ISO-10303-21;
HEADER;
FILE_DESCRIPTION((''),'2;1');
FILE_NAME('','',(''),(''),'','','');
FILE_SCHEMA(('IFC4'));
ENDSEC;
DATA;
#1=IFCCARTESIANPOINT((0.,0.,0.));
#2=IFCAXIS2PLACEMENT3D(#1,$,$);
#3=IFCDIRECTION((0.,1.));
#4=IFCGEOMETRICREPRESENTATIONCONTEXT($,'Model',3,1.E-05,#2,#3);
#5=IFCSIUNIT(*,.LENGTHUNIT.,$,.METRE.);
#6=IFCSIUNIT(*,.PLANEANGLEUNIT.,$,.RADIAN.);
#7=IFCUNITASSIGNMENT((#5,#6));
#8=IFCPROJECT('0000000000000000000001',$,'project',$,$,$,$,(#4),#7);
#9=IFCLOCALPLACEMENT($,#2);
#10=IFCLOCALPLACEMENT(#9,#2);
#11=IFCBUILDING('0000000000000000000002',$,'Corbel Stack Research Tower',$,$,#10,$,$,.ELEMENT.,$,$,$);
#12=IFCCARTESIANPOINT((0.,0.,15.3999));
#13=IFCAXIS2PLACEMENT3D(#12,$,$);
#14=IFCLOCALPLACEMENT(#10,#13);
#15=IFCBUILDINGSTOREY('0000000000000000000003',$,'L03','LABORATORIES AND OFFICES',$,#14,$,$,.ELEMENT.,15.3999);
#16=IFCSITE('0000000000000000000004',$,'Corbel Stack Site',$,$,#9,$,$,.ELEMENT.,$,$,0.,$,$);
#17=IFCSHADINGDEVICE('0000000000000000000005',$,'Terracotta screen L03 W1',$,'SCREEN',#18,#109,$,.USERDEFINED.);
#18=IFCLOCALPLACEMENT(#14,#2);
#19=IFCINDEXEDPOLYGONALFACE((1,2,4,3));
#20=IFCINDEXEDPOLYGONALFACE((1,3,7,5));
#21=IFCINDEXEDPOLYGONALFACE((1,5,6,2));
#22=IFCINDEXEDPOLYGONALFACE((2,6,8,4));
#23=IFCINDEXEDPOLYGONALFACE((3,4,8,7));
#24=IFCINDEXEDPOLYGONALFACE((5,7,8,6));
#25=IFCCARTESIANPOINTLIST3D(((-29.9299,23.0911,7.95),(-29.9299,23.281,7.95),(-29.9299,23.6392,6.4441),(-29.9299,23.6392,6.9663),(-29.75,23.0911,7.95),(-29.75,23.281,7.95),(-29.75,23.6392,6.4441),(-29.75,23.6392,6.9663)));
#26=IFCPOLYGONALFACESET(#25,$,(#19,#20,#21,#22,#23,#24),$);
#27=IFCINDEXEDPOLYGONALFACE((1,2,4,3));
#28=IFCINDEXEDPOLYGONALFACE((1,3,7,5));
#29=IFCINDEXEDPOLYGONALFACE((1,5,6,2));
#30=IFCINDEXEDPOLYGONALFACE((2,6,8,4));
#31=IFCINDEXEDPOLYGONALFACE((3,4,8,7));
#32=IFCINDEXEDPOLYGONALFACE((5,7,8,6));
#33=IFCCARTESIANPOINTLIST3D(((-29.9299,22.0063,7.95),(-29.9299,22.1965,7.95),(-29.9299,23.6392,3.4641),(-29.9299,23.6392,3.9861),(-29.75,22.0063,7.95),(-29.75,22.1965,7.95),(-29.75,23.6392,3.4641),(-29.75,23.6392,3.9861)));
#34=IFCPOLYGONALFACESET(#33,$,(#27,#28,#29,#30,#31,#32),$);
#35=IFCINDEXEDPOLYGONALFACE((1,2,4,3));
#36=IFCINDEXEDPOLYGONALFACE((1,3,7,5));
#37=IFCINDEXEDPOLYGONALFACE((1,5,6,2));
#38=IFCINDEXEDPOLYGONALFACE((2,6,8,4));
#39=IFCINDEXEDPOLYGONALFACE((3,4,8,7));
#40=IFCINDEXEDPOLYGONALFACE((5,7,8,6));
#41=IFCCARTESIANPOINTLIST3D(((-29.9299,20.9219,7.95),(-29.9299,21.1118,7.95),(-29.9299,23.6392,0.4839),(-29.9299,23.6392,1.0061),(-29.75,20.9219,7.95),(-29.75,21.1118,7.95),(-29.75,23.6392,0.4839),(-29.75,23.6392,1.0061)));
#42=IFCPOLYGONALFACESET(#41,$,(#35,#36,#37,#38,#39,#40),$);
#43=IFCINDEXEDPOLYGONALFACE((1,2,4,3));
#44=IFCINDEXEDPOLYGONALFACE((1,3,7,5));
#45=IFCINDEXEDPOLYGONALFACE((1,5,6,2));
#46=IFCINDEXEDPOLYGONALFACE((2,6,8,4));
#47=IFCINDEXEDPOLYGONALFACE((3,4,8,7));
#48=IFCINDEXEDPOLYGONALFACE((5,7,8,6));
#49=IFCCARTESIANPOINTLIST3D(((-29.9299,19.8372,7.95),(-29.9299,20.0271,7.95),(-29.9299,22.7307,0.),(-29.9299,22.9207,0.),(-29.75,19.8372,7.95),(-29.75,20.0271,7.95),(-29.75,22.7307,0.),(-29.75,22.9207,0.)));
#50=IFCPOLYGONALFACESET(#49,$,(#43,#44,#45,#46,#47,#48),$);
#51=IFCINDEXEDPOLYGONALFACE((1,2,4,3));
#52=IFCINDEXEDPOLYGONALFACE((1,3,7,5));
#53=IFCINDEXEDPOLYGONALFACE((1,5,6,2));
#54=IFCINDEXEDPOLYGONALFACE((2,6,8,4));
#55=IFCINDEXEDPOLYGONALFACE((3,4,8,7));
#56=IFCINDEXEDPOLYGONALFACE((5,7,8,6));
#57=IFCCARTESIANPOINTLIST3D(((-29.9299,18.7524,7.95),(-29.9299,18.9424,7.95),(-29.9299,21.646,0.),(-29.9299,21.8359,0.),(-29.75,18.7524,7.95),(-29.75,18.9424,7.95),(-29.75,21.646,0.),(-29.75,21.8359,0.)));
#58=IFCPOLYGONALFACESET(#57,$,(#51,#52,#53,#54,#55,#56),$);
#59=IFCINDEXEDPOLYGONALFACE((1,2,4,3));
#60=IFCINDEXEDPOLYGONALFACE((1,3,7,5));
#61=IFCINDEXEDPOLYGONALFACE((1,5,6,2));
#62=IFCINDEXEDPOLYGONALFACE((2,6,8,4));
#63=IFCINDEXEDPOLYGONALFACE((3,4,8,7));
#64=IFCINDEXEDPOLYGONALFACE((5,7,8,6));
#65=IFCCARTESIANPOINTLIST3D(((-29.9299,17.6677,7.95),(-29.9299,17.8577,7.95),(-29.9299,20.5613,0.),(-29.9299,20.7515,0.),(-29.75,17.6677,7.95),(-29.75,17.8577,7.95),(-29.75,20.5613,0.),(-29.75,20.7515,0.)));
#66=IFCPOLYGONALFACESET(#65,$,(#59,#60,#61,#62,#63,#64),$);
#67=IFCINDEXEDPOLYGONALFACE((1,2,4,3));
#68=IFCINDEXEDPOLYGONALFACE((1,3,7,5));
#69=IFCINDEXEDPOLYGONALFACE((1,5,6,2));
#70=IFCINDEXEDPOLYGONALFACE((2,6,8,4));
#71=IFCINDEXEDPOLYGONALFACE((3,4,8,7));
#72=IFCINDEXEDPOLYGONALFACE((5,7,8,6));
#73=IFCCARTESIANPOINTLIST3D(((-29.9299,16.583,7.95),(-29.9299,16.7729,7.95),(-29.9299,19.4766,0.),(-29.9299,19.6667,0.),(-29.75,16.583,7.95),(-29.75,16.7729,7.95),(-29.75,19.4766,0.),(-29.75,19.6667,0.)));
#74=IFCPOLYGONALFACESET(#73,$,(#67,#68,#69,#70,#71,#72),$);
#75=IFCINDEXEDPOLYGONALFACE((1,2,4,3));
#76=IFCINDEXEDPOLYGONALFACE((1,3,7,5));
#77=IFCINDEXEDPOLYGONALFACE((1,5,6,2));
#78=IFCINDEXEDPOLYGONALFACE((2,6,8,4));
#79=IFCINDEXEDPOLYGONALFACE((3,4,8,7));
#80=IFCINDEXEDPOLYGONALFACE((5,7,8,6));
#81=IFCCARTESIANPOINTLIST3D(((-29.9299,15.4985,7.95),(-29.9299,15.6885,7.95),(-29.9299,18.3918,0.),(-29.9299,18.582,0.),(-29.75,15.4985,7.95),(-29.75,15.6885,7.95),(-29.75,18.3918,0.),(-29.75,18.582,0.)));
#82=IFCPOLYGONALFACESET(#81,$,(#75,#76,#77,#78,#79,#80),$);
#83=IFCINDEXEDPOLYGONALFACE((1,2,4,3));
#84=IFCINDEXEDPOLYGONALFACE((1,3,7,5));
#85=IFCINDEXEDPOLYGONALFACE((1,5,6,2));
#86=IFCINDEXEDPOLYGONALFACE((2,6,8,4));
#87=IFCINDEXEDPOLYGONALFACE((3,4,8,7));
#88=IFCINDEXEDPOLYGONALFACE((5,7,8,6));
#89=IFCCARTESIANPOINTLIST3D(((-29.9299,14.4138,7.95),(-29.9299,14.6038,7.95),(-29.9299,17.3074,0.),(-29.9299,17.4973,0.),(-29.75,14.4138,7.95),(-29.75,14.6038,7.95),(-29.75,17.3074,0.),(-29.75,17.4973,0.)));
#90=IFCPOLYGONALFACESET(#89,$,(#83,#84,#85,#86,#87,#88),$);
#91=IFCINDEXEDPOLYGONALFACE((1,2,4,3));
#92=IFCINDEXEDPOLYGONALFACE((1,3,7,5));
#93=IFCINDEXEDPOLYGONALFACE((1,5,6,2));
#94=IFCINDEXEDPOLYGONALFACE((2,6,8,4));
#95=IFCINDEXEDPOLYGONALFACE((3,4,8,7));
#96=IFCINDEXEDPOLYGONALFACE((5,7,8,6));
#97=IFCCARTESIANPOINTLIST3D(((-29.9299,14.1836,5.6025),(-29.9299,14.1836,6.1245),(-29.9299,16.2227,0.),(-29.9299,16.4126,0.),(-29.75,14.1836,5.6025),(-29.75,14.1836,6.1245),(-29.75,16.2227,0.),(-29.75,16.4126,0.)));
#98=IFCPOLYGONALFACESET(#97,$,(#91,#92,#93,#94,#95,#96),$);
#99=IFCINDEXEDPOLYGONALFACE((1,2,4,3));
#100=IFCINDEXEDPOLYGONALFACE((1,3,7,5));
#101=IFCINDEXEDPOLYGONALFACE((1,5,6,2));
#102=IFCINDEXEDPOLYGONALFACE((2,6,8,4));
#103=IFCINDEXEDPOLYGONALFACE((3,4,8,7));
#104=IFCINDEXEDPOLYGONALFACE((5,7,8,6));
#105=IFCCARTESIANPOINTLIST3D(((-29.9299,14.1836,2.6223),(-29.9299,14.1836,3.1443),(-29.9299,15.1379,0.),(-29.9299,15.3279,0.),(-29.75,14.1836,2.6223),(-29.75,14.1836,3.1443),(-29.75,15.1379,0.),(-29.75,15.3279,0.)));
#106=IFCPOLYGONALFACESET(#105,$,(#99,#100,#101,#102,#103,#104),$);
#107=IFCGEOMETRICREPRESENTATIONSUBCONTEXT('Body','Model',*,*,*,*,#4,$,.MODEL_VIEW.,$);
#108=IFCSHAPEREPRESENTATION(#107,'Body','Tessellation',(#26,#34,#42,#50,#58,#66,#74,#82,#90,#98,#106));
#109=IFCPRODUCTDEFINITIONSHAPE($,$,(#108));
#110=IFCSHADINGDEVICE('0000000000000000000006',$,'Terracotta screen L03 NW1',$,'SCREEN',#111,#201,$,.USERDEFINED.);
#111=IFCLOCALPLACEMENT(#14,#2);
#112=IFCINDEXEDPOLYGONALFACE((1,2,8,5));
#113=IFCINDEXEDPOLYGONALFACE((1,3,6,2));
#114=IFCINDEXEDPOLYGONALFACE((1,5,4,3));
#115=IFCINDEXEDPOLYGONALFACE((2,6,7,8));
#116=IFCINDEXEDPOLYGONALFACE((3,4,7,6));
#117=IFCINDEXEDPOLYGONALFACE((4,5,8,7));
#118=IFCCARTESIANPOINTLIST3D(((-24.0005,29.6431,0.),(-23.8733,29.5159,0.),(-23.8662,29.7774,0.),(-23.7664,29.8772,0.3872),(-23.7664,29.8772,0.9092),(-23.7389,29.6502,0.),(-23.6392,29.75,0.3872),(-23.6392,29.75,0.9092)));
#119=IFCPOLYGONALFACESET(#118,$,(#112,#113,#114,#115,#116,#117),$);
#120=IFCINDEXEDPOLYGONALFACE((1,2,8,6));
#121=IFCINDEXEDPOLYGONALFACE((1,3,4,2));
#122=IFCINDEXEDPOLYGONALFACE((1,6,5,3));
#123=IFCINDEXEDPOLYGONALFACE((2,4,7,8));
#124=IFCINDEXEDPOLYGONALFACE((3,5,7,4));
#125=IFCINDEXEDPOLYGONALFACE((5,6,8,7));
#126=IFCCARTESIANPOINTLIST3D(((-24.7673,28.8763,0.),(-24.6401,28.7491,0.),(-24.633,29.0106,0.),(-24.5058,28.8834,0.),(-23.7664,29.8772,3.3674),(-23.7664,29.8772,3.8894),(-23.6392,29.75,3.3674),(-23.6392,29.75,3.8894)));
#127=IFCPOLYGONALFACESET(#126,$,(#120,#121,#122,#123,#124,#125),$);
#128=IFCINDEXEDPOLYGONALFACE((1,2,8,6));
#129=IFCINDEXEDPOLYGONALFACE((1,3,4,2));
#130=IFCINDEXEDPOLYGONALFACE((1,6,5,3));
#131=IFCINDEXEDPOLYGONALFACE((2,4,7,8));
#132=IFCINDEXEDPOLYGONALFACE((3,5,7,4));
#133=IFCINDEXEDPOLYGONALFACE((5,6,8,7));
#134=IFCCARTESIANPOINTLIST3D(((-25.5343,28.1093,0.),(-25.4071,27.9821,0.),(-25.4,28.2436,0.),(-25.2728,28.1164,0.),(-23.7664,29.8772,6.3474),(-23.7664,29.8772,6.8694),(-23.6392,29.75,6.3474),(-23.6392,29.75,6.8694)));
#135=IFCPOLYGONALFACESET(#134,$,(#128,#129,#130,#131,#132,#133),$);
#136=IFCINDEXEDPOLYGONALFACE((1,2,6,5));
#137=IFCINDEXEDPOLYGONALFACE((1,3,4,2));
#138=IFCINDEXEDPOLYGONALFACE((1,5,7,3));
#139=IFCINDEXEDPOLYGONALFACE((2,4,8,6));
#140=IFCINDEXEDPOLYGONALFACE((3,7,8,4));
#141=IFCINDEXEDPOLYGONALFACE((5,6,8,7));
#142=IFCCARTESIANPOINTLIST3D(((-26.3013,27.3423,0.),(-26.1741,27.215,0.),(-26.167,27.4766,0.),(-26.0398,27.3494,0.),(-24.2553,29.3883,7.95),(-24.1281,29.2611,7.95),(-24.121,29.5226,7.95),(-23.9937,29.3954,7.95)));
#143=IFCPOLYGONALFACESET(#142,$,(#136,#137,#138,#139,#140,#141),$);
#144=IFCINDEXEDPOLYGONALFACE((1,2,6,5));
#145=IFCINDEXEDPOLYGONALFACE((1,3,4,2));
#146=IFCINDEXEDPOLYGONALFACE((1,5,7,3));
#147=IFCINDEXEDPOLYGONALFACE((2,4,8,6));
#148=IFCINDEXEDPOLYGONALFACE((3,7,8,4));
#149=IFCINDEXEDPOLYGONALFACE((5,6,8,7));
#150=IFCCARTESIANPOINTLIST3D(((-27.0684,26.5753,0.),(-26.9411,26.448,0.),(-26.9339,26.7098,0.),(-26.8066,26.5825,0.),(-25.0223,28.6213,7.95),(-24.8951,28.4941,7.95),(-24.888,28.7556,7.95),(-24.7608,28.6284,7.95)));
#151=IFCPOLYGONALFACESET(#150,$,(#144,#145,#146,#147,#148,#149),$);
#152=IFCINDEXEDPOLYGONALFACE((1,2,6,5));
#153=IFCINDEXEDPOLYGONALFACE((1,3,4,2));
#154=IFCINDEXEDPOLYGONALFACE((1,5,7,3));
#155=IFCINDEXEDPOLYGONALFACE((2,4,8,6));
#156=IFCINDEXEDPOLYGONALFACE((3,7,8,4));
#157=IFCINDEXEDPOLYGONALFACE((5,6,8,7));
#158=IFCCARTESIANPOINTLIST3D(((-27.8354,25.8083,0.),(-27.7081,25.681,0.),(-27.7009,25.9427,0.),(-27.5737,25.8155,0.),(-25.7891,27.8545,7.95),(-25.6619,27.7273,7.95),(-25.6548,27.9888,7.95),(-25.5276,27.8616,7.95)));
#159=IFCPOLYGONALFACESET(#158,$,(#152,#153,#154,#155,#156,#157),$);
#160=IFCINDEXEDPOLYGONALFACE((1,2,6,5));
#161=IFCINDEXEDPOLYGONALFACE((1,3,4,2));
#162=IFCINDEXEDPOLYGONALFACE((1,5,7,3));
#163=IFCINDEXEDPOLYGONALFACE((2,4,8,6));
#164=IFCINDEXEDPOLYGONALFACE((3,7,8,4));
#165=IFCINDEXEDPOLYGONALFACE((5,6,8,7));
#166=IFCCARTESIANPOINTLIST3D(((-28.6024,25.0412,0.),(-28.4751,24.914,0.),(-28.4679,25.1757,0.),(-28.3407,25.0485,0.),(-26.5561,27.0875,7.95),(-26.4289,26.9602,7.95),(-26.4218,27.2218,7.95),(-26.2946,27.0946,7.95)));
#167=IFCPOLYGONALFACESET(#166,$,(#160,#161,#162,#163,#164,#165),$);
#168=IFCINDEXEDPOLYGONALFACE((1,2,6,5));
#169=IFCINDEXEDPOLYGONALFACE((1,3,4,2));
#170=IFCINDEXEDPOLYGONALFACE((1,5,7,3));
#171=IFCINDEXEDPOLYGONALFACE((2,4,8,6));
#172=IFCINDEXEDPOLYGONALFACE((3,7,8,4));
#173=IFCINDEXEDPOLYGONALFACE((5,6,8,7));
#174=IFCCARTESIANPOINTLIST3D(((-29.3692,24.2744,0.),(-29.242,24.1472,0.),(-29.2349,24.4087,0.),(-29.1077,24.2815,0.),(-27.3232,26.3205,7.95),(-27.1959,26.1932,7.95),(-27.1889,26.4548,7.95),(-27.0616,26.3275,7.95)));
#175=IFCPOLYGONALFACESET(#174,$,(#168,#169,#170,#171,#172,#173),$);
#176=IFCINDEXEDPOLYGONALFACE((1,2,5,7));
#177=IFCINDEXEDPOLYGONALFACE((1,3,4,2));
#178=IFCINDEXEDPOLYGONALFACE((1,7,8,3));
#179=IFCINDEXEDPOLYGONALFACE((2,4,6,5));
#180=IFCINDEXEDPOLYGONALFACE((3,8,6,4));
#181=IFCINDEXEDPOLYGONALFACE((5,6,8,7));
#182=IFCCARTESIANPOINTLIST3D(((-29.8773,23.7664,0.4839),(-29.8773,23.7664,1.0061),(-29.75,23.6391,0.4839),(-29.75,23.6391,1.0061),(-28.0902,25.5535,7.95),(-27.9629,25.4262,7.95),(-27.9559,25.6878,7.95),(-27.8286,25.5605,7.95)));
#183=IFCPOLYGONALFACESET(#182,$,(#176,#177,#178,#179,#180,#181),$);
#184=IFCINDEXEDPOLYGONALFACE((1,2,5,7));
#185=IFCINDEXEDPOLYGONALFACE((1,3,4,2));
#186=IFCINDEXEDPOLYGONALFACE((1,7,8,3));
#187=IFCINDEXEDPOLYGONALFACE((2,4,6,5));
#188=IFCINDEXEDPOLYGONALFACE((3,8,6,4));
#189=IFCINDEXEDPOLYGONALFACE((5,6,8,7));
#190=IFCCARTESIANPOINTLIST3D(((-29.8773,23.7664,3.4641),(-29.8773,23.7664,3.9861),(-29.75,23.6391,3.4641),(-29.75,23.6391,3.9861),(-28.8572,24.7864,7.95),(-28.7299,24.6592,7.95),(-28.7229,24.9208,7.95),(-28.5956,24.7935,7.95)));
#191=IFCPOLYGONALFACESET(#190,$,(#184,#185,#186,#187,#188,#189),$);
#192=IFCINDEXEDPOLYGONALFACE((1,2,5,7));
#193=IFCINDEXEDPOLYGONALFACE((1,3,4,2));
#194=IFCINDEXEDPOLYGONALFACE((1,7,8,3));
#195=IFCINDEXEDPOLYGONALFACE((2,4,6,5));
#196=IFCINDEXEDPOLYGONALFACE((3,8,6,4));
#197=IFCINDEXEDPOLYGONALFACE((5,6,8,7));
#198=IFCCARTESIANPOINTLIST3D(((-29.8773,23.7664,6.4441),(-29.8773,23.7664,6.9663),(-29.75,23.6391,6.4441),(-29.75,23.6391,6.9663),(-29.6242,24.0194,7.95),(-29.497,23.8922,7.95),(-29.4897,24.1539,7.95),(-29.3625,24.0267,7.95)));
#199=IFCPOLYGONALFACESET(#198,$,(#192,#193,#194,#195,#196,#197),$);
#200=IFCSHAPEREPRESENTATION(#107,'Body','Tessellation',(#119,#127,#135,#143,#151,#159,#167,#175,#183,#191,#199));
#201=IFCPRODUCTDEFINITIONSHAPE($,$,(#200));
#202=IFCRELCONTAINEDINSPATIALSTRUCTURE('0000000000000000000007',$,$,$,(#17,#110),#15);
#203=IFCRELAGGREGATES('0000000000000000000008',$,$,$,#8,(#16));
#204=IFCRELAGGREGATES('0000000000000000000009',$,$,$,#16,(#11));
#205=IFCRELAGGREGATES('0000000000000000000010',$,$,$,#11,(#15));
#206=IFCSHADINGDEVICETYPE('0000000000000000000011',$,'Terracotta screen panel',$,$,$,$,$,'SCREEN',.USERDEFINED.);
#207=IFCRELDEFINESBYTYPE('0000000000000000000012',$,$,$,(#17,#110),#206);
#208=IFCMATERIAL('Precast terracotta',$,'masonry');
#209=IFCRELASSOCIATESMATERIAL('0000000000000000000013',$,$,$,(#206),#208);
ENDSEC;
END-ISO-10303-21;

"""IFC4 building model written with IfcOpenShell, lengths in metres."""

from ifc_helpers import new_model, si_unit, direction, frame, origin, place, context, subcontext, project, spatial, polyline, outline, extrude, source, transform, mapped, material, type_object, element, save


model = new_model("IFC4")

# Units and contexts
model_context = context("Model", 3, precision=1e-05, world=origin(), true_north=direction((0.0, 1.0)))
body_context = subcontext(model_context, "Body", "Model", "MODEL_VIEW")
ifc_project = project(units=[si_unit("LENGTHUNIT", "METRE"), si_unit("PLANEANGLEUNIT", "RADIAN")], contexts=[model_context])

# Site, building, storey
site_placement = place(None, origin())
site = spatial("IfcSite", under=ifc_project, at=site_placement, Name="Corbel Stack Site", CompositionType="ELEMENT", RefElevation=0.0)
building_placement = place(site_placement, origin())
building = spatial("IfcBuilding", under=site, at=building_placement, Name="Corbel Stack Research Tower", CompositionType="ELEMENT")
storey_placement = place(building_placement, frame((0.0, 0.0, 15.3999)))
storey = spatial("IfcBuildingStorey", under=building, at=storey_placement, Name="L03", Description="LABORATORIES AND OFFICES", CompositionType="ELEMENT", Elevation=15.3999)

# Shading devices
ifc_material_1 = material(Name="Precast terracotta", Category="masonry")
shading_device_type = type_object("IfcShadingDeviceType", Name="Terracotta screen panel", ElementType="SCREEN", PredefinedType="USERDEFINED", material=ifc_material_1)
shared_shape_1 = source(origin(), body_context, "Body", "SweptSolid", [
    extrude(outline(polyline([(0.5481, 7.95), (0.3582, 7.95), (0.0, 6.9663), (0.0, 6.4441), (0.5481, 7.95)])), frame((0.0, 0.0, 0.0), z_axis=(0.0, -1.0, 0.0), x_axis=(1.0, 0.0, 0.0)), (0.0, 0.0, 1.0), 0.1799),
    extrude(outline(polyline([(1.6328, 7.95), (1.4426, 7.95), (0.0, 3.9861), (0.0, 3.4641), (1.6328, 7.95)])), frame((0.0, 0.0, 0.0), z_axis=(0.0, -1.0, 0.0), x_axis=(1.0, 0.0, 0.0)), (0.0, 0.0, 1.0), 0.1799),
    extrude(outline(polyline([(2.7173, 7.95), (2.5273, 7.95), (0.0, 1.0061), (0.0, 0.4839), (2.7173, 7.95)])), frame((0.0, 0.0, 0.0), z_axis=(0.0, -1.0, 0.0), x_axis=(1.0, 0.0, 0.0)), (0.0, 0.0, 1.0), 0.1799),
    extrude(outline(polyline([(0.9084, 0.0), (3.802, 7.95), (3.6121, 7.95), (0.7185, 0.0), (0.9084, 0.0)])), frame((0.0, 0.0, 0.0), z_axis=(0.0, -1.0, 0.0), x_axis=(1.0, 0.0, 0.0)), (0.0, 0.0, 1.0), 0.1799),
    extrude(outline(polyline([(1.9932, 0.0), (4.8867, 7.95), (4.6968, 7.95), (1.8032, 0.0), (1.9932, 0.0)])), frame((0.0, 0.0, 0.0), z_axis=(0.0, -1.0, 0.0), x_axis=(1.0, 0.0, 0.0)), (0.0, 0.0, 1.0), 0.1799),
    extrude(outline(polyline([(3.0779, 0.0), (5.9714, 7.95), (5.7815, 7.95), (2.8877, 0.0), (3.0779, 0.0)])), frame((0.0, 0.0, 0.0), z_axis=(0.0, -1.0, 0.0), x_axis=(1.0, 0.0, 0.0)), (0.0, 0.0, 1.0), 0.1799),
    extrude(outline(polyline([(4.1626, 0.0), (7.0562, 7.95), (6.8662, 7.95), (3.9724, 0.0), (4.1626, 0.0)])), frame((0.0, 0.0, 0.0), z_axis=(0.0, -1.0, 0.0), x_axis=(1.0, 0.0, 0.0)), (0.0, 0.0, 1.0), 0.1799),
    extrude(outline(polyline([(5.2473, 0.0), (8.1406, 7.95), (7.9507, 7.95), (5.0571, 0.0), (5.2473, 0.0)])), frame((0.0, 0.0, 0.0), z_axis=(0.0, -1.0, 0.0), x_axis=(1.0, 0.0, 0.0)), (0.0, 0.0, 1.0), 0.1799),
    extrude(outline(polyline([(6.3318, 0.0), (9.2253, 7.95), (9.0354, 7.95), (6.1418, 0.0), (6.3318, 0.0)])), frame((0.0, 0.0, 0.0), z_axis=(0.0, -1.0, 0.0), x_axis=(1.0, 0.0, 0.0)), (0.0, 0.0, 1.0), 0.1799),
    extrude(outline(polyline([(7.4165, 0.0), (9.4556, 5.6025), (9.4556, 6.1245), (7.2266, 0.0), (7.4165, 0.0)])), frame((0.0, 0.0, 0.0), z_axis=(0.0, -1.0, 0.0), x_axis=(1.0, 0.0, 0.0)), (0.0, 0.0, 1.0), 0.1799),
    extrude(outline(polyline([(8.5012, 0.0), (9.4556, 2.6223), (9.4556, 3.1443), (8.3113, 0.0), (8.5012, 0.0)])), frame((0.0, 0.0, 0.0), z_axis=(0.0, -1.0, 0.0), x_axis=(1.0, 0.0, 0.0)), (0.0, 0.0, 1.0), 0.1799),
])
shading_device_1_placement = place(storey_placement, frame((-29.75, 23.6392, 0.0), z_axis=(0.0, 0.0, 1.0), x_axis=(0.0, -1.0, 0.0)))
element("IfcShadingDevice", 1, at=shading_device_1_placement, inside=storey, type_object=shading_device_type, Name="Terracotta screen L03 W1", ObjectType="SCREEN", PredefinedType="USERDEFINED", context=body_context, shape_type="MappedRepresentation", body=[
    mapped(shared_shape_1, transform((0.0, 0.0, 0.0))),
])
shared_shape_2 = source(origin(), body_context, "Body", "SweptSolid", [
    extrude(outline(polyline([(0.3311, 0.0), (0.0, 0.9092), (0.0, 0.3872), (0.1411, 0.0), (0.3311, 0.0)])), frame((0.0, 0.0, 0.0), z_axis=(0.0, -1.0, 0.0), x_axis=(1.0, 0.0, 0.0)), (0.0, 0.0, 1.0), 0.1799),
    extrude(outline(polyline([(1.4155, 0.0), (0.0, 3.8894), (0.0, 3.3674), (1.2256, 0.0), (1.4155, 0.0)])), frame((0.0, 0.0, 0.0), z_axis=(0.0, -1.0, 0.0), x_axis=(1.0, 0.0, 0.0)), (0.0, 0.0, 1.0), 0.1799),
    extrude(outline(polyline([(2.5002, 0.0), (0.0, 6.8694), (0.0, 6.3474), (2.3103, 0.0), (2.5002, 0.0)])), frame((0.0, 0.0, 0.0), z_axis=(0.0, -1.0, 0.0), x_axis=(1.0, 0.0, 0.0)), (0.0, 0.0, 1.0), 0.1799),
    extrude(outline(polyline([(3.585, 0.0), (0.6914, 7.95), (0.5015, 7.95), (3.395, 0.0), (3.585, 0.0)])), frame((0.0, 0.0, 0.0), z_axis=(0.0, -1.0, 0.0), x_axis=(1.0, 0.0, 0.0)), (0.0, 0.0, 1.0), 0.1799),
    extrude(outline(polyline([(4.6697, 0.0), (1.7761, 7.95), (1.5862, 7.95), (4.4795, 0.0), (4.6697, 0.0)])), frame((0.0, 0.0, 0.0), z_axis=(0.0, -1.0, 0.0), x_axis=(1.0, 0.0, 0.0)), (0.0, 0.0, 1.0), 0.1799),
    extrude(outline(polyline([(5.7544, 0.0), (2.8606, 7.95), (2.6707, 7.95), (5.5642, 0.0), (5.7544, 0.0)])), frame((0.0, 0.0, 0.0), z_axis=(0.0, -1.0, 0.0), x_axis=(1.0, 0.0, 0.0)), (0.0, 0.0, 1.0), 0.1799),
    extrude(outline(polyline([(6.8391, 0.0), (3.9453, 7.95), (3.7554, 7.95), (6.6489, 0.0), (6.8391, 0.0)])), frame((0.0, 0.0, 0.0), z_axis=(0.0, -1.0, 0.0), x_axis=(1.0, 0.0, 0.0)), (0.0, 0.0, 1.0), 0.1799),
    extrude(outline(polyline([(7.9236, 0.0), (5.03, 7.95), (4.8401, 7.95), (7.7336, 0.0), (7.9236, 0.0)])), frame((0.0, 0.0, 0.0), z_axis=(0.0, -1.0, 0.0), x_axis=(1.0, 0.0, 0.0)), (0.0, 0.0, 1.0), 0.1799),
    extrude(outline(polyline([(6.1147, 7.95), (5.9248, 7.95), (8.6421, 0.4839), (8.6421, 1.0061), (6.1147, 7.95)])), frame((0.0, 0.0, 0.0), z_axis=(0.0, -1.0, 0.0), x_axis=(1.0, 0.0, 0.0)), (0.0, 0.0, 1.0), 0.1799),
    extrude(outline(polyline([(7.1995, 7.95), (7.0095, 7.95), (8.6421, 3.4641), (8.6421, 3.9861), (7.1995, 7.95)])), frame((0.0, 0.0, 0.0), z_axis=(0.0, -1.0, 0.0), x_axis=(1.0, 0.0, 0.0)), (0.0, 0.0, 1.0), 0.1799),
    extrude(outline(polyline([(8.2842, 7.95), (8.094, 7.95), (8.6421, 6.4441), (8.6421, 6.9663), (8.2842, 7.95)])), frame((0.0, 0.0, 0.0), z_axis=(0.0, -1.0, 0.0), x_axis=(1.0, 0.0, 0.0)), (0.0, 0.0, 1.0), 0.1799),
])
shading_device_2_placement = place(storey_placement, frame((-23.6392, 29.75, 0.0), z_axis=(0.0, 0.0, 1.0), x_axis=(-0.707107, -0.707107, 0.0)))
element("IfcShadingDevice", 2, at=shading_device_2_placement, inside=storey, type_object=shading_device_type, Name="Terracotta screen L03 NW1", ObjectType="SCREEN", PredefinedType="USERDEFINED", context=body_context, shape_type="MappedRepresentation", body=[
    mapped(shared_shape_2, transform((0.0, 0.0, 0.0))),
])

save(model, "model.ifc")
